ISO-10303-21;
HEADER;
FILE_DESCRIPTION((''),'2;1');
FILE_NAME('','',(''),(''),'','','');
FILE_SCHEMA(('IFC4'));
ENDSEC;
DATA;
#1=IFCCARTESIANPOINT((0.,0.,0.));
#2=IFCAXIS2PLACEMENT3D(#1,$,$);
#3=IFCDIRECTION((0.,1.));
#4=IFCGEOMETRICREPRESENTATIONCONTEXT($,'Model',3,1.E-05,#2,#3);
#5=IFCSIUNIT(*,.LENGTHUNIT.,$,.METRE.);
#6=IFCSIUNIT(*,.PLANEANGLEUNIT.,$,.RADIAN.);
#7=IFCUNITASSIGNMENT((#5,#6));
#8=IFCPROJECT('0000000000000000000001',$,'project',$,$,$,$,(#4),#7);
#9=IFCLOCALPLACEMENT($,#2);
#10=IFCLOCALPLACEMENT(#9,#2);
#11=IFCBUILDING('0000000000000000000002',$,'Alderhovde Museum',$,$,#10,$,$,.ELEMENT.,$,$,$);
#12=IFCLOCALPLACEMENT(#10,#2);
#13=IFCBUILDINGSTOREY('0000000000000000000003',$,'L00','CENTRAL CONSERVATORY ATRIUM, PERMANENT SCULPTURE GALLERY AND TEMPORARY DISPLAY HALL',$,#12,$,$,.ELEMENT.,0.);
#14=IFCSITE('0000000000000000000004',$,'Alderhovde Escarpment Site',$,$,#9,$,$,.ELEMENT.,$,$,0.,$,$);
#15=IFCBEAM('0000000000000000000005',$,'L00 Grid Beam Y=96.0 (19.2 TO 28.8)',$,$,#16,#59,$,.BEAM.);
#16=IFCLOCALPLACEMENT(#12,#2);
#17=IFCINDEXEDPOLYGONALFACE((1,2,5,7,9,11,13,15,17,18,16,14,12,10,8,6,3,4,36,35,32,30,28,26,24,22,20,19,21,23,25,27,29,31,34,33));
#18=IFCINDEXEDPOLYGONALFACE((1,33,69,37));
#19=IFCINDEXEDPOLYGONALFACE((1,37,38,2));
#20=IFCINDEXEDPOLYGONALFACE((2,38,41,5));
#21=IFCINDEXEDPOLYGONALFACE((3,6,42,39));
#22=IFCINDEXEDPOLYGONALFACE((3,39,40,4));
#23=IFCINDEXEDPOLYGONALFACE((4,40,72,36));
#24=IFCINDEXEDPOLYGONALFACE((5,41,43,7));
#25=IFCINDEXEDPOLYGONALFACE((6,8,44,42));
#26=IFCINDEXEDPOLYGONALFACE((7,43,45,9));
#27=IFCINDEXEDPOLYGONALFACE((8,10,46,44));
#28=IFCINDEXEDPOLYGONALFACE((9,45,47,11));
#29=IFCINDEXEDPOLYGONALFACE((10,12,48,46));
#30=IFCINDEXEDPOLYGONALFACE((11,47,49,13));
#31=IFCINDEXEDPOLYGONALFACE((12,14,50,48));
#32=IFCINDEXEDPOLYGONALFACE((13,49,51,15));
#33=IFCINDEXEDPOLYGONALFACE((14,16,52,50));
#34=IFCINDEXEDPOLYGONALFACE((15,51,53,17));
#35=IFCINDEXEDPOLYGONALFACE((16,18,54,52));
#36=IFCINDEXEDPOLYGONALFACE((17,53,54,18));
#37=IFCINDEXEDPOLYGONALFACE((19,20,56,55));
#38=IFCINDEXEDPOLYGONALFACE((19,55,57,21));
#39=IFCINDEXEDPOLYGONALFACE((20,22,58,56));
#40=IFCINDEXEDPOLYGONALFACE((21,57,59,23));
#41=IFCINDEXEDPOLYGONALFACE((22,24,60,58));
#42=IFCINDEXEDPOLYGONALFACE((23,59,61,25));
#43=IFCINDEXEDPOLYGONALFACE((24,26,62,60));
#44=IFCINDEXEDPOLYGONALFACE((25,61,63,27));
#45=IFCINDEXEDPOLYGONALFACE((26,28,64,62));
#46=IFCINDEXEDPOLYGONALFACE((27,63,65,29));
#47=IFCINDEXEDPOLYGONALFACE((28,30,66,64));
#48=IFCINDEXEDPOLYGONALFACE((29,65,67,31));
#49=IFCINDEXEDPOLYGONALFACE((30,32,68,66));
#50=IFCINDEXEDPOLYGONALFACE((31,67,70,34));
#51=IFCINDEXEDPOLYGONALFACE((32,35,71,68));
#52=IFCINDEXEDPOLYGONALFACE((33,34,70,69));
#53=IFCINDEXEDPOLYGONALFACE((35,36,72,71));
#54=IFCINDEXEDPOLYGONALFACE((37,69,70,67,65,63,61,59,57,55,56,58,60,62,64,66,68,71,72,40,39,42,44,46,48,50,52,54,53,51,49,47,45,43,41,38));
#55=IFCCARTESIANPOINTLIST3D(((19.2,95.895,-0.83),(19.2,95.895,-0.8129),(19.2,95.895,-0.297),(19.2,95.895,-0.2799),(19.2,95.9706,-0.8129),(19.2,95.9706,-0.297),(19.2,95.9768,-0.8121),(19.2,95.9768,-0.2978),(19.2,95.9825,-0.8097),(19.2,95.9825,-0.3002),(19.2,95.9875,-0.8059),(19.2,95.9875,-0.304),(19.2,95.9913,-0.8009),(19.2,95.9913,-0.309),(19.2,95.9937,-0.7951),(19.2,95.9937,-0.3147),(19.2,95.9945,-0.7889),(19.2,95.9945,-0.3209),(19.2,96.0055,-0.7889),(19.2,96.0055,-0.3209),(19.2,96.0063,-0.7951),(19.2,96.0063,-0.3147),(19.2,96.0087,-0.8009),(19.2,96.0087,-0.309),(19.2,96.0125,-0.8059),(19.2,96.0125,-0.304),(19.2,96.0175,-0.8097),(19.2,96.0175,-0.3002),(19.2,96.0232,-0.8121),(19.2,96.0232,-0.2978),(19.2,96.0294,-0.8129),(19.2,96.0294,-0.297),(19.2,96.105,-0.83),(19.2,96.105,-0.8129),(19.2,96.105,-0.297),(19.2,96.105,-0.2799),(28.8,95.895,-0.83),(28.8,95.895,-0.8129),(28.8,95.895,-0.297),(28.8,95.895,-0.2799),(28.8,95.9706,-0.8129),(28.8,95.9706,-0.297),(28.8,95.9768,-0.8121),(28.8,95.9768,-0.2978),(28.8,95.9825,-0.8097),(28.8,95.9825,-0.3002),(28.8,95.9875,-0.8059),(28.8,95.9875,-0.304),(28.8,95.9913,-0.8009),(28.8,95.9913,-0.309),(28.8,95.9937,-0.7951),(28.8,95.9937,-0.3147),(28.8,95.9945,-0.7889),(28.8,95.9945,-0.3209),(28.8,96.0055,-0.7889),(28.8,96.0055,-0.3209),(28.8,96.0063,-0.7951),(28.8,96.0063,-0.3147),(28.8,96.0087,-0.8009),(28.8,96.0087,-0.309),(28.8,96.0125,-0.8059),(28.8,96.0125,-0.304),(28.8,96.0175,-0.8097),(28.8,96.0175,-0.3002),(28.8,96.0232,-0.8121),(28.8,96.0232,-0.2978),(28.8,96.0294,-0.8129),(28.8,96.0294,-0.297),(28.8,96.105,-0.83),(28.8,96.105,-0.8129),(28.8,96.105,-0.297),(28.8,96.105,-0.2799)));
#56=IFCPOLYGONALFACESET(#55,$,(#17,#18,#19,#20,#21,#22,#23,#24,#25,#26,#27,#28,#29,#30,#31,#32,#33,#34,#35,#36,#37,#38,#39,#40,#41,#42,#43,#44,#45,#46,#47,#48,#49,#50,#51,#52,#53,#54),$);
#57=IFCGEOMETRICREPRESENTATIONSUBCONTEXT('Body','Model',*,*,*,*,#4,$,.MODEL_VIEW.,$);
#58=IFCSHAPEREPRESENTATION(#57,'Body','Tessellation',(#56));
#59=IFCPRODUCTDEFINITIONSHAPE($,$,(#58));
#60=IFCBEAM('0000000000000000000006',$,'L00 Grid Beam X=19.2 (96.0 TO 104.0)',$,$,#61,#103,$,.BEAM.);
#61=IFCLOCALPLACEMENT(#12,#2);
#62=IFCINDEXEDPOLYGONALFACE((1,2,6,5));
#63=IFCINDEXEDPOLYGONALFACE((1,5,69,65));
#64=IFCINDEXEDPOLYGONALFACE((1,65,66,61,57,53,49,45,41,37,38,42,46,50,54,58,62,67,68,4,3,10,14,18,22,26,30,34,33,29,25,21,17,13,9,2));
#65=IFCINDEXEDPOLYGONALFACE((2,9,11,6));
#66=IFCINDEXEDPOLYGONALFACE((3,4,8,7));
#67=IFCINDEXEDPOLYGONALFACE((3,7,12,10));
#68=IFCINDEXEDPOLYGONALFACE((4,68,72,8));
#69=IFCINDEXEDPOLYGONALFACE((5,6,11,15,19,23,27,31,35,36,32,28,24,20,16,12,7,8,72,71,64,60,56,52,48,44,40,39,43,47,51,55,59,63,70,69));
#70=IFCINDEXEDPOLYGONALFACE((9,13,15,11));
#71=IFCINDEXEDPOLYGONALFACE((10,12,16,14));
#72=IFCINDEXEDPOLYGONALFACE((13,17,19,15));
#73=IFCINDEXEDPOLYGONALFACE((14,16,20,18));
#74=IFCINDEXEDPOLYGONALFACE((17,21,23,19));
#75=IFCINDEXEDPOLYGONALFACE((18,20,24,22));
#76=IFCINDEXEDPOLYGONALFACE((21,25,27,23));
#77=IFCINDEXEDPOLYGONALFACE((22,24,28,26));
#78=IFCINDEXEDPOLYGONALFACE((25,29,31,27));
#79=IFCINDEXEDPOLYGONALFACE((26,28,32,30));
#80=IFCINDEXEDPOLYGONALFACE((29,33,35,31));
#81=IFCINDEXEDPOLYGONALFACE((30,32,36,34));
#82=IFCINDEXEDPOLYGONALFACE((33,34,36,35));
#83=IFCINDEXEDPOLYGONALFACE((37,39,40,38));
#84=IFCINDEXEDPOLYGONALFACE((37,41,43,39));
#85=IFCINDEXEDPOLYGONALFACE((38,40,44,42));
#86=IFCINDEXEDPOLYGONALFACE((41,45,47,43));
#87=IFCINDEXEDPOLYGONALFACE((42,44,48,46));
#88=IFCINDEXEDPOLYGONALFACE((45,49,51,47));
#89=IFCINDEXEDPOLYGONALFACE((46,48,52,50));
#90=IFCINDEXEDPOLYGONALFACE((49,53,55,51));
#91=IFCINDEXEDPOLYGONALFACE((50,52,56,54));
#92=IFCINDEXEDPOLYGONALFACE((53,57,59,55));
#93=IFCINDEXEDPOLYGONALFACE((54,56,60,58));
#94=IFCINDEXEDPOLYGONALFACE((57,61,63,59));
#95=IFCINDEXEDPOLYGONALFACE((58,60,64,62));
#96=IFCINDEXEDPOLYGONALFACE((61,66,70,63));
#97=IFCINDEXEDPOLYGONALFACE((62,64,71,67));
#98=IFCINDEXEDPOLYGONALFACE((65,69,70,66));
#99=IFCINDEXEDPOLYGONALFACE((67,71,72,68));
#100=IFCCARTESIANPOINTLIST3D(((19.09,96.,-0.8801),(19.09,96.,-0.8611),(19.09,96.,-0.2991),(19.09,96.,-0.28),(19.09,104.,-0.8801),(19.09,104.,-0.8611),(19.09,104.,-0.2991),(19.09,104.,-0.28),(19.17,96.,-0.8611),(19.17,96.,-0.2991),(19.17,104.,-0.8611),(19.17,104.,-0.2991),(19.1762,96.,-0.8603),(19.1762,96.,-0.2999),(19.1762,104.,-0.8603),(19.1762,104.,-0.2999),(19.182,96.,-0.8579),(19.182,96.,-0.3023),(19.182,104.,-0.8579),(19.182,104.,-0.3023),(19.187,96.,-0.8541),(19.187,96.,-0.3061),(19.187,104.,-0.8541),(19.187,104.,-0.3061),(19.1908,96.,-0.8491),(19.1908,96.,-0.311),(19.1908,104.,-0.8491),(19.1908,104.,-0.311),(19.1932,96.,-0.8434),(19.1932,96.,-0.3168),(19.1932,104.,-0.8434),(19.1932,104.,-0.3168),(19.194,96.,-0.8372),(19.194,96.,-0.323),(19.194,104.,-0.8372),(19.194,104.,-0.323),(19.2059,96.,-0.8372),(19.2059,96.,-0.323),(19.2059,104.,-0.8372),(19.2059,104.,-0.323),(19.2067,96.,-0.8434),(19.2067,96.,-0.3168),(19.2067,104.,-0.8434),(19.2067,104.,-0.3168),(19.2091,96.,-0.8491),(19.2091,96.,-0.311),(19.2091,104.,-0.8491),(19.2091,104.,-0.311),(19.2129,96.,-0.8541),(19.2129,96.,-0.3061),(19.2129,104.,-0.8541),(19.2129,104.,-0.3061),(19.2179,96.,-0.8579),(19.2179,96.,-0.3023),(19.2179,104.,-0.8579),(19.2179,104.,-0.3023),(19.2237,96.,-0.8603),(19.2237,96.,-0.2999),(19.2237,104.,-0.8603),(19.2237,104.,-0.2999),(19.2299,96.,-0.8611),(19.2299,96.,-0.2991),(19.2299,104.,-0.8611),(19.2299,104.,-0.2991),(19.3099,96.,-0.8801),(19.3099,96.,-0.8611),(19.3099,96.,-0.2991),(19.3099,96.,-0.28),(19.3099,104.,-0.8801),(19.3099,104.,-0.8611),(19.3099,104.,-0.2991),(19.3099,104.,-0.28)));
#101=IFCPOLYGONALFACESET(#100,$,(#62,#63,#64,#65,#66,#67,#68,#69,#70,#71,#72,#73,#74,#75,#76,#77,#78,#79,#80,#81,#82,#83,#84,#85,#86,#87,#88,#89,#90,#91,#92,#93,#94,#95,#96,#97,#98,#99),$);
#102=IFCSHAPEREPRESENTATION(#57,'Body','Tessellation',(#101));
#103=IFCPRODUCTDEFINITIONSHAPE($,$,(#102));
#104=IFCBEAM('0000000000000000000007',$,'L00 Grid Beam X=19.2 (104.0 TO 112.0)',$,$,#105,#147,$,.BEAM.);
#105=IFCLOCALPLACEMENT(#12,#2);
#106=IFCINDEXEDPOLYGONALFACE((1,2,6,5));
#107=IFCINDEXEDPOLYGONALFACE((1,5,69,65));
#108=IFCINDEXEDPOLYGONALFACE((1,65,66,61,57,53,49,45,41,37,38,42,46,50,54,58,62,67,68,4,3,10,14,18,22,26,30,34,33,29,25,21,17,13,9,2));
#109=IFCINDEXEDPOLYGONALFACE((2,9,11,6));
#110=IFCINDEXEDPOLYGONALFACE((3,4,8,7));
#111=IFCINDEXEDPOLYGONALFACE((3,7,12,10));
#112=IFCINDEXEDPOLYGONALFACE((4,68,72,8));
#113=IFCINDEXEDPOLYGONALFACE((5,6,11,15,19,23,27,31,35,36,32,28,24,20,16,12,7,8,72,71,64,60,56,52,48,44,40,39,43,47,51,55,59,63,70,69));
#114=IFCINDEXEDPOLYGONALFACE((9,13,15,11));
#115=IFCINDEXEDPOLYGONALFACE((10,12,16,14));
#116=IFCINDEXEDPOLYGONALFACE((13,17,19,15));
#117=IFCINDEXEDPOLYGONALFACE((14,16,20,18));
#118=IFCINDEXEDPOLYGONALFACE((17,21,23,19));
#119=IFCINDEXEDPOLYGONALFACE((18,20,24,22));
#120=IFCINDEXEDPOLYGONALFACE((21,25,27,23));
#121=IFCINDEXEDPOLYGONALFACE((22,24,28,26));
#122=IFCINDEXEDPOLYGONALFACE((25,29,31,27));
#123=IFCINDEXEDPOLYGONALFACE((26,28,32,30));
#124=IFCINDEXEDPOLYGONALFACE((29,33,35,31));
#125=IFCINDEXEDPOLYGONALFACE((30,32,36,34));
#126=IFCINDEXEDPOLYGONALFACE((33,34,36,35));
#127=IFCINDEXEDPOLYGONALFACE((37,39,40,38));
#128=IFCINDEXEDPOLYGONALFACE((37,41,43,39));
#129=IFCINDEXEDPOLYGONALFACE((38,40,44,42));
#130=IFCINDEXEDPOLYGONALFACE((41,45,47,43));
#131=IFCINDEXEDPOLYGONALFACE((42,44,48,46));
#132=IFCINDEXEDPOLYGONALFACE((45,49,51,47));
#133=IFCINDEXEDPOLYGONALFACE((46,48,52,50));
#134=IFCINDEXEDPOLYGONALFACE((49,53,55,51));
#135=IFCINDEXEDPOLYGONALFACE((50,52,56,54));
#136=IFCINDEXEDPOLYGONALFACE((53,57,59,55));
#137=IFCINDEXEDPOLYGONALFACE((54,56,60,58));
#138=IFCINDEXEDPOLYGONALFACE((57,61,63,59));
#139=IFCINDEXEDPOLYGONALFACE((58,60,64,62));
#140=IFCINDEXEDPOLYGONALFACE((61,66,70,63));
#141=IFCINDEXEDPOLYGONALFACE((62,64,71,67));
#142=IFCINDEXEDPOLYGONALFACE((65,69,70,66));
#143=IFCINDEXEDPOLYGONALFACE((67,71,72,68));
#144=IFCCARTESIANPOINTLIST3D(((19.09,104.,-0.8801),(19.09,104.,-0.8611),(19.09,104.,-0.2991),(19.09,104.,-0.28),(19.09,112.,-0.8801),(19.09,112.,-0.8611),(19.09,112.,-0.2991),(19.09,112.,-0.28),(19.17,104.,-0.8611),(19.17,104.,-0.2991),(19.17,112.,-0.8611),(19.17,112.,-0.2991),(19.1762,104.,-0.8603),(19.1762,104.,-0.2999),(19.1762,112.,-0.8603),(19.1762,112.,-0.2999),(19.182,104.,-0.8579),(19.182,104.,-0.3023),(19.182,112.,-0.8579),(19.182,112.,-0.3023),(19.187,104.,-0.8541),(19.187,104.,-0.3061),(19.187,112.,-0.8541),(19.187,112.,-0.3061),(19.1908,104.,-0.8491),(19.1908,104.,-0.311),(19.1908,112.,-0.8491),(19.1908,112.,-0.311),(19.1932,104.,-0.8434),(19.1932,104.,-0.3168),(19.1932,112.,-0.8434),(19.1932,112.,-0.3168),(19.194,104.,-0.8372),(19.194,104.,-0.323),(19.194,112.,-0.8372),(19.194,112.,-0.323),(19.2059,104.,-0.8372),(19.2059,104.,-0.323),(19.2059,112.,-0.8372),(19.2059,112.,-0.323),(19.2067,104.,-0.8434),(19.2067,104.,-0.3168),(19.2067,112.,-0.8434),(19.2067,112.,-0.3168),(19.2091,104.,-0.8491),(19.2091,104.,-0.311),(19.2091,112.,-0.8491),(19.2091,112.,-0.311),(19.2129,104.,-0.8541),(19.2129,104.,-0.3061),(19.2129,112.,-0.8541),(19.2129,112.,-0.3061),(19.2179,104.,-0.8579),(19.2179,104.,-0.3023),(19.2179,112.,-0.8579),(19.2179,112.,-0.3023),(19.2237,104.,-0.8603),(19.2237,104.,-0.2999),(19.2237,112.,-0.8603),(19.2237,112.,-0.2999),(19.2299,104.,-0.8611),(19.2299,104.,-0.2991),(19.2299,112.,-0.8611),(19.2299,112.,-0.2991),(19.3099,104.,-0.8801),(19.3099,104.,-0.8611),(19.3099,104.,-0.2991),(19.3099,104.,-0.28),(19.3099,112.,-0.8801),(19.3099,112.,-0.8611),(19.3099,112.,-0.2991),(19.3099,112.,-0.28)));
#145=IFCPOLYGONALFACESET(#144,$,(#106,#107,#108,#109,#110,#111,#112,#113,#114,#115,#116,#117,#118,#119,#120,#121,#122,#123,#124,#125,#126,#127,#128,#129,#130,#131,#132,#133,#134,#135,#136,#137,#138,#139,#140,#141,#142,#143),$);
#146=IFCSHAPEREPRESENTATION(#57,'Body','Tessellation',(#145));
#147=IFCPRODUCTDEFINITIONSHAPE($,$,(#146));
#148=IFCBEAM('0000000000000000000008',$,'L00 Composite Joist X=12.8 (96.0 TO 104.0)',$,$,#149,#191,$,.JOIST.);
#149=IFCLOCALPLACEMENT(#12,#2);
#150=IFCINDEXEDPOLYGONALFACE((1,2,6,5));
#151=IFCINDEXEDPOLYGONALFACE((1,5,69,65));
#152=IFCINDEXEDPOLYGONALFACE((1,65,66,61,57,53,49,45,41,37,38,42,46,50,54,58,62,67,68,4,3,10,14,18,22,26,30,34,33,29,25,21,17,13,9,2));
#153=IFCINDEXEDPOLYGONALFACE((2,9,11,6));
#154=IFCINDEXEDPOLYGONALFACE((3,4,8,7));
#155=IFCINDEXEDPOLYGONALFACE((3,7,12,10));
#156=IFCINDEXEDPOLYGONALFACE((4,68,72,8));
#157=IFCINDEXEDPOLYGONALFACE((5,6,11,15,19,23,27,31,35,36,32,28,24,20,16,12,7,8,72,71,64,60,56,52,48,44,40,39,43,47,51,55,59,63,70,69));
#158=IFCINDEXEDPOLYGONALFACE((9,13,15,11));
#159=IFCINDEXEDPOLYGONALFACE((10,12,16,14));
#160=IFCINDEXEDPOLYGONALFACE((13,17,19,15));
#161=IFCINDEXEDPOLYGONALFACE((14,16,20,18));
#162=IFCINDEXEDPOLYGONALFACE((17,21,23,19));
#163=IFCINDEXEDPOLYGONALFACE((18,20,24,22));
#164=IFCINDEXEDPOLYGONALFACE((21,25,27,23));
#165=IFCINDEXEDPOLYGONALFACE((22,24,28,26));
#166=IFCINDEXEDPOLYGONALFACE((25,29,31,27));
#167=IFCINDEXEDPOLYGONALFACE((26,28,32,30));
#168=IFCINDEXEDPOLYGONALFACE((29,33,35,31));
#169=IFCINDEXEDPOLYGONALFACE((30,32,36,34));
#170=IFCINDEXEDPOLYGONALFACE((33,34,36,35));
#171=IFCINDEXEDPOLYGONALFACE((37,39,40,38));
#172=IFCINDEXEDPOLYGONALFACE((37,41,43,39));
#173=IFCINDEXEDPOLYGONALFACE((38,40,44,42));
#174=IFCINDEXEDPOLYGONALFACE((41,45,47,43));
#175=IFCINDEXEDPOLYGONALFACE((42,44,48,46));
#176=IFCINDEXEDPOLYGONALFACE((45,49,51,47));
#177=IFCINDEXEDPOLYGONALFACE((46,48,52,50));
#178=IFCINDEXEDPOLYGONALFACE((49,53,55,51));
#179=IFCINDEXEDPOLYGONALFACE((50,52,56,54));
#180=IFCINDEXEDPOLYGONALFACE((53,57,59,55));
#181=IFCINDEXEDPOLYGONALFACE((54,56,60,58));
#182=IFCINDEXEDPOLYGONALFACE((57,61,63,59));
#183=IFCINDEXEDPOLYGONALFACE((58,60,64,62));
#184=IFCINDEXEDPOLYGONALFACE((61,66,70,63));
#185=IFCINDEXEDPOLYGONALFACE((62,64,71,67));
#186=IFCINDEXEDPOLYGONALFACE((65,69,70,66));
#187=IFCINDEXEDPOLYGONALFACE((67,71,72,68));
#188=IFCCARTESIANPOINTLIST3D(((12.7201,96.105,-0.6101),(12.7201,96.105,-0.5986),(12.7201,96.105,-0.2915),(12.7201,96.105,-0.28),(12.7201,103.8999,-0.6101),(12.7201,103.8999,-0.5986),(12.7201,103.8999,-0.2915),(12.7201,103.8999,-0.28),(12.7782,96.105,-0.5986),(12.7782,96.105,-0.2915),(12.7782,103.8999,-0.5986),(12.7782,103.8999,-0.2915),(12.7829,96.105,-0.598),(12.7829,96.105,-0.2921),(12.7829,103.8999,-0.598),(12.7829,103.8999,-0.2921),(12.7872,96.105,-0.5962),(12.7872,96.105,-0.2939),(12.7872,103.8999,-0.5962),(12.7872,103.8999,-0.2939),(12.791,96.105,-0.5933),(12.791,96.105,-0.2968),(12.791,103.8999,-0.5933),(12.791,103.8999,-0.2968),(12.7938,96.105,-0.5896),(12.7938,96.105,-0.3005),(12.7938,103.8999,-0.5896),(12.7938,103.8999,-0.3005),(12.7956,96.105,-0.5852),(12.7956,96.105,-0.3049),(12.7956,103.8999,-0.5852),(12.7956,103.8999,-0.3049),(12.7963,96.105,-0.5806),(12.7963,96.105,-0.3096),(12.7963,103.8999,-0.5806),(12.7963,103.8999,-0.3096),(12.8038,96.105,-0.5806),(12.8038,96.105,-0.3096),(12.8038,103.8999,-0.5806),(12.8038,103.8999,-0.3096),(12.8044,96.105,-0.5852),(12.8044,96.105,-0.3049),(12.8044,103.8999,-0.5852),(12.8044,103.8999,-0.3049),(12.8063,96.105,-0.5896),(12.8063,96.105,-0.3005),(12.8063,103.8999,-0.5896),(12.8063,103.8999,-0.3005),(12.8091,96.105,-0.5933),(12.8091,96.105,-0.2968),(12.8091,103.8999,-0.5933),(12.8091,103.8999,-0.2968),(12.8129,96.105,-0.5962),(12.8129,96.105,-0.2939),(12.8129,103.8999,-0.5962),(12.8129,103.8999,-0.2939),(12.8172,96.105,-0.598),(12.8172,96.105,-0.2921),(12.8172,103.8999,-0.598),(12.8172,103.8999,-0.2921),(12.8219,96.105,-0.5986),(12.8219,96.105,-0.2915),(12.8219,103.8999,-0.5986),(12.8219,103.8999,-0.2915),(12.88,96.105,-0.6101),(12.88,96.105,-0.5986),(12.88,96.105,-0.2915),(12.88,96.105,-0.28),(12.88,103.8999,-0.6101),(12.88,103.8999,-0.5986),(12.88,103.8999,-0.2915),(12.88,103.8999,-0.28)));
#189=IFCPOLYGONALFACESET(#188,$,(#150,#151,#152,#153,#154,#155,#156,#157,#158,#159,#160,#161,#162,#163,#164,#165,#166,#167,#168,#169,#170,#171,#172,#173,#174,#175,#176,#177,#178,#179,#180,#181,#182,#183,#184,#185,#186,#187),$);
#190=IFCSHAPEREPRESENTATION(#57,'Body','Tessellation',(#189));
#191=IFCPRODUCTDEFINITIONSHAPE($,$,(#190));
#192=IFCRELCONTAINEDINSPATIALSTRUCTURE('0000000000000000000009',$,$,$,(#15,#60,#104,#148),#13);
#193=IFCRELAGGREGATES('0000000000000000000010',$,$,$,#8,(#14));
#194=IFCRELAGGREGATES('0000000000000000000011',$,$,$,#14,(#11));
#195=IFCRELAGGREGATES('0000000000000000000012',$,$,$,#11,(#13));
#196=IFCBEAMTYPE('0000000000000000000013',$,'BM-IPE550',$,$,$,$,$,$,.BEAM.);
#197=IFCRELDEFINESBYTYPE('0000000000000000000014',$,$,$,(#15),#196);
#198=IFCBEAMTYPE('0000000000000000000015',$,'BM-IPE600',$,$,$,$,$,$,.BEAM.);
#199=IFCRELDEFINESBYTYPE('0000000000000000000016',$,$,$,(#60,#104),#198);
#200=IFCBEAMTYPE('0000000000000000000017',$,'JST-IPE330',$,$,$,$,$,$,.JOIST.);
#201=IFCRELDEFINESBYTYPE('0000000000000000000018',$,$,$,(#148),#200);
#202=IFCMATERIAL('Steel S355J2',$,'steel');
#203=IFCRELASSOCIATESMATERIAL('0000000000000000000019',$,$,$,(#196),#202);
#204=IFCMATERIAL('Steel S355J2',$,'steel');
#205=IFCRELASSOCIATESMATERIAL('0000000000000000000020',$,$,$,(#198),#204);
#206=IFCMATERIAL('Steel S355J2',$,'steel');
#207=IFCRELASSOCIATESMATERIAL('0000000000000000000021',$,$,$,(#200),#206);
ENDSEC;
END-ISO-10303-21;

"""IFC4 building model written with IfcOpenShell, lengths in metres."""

from ifc_helpers import new_model, si_unit, direction, frame, origin, origin_2d, place, context, subcontext, project, spatial, i_section, extrude, material, material_profile, profile_set, type_object, element, save


model = new_model("IFC4")

# Units and contexts
model_context = context("Model", 3, precision=1e-05, world=origin(), true_north=direction((0.0, 1.0)))
body_context = subcontext(model_context, "Body", "Model", "MODEL_VIEW")
ifc_project = project(units=[si_unit("LENGTHUNIT", "METRE"), si_unit("PLANEANGLEUNIT", "RADIAN")], contexts=[model_context])

# Site, building, storey
site_placement = place(None, origin())
site = spatial("IfcSite", under=ifc_project, at=site_placement, Name="Alderhovde Escarpment Site", CompositionType="ELEMENT", RefElevation=0.0)
building_placement = place(site_placement, origin())
building = spatial("IfcBuilding", under=site, at=building_placement, Name="Alderhovde Museum", CompositionType="ELEMENT")
storey_placement = place(building_placement, origin())
storey = spatial("IfcBuildingStorey", under=building, at=storey_placement, Name="L00", Description="CENTRAL CONSERVATORY ATRIUM, PERMANENT SCULPTURE GALLERY AND TEMPORARY DISPLAY HALL", CompositionType="ELEMENT", Elevation=0.0)

# Beams
ifc_material_1 = material(Name="Steel S355J2", Category="steel")
ifc_material_profile_1 = material_profile(ifc_material_1, i_section(OverallWidth=0.21, OverallDepth=0.55, WebThickness=0.011, FlangeThickness=0.0171, FilletRadius=0.0239, at=origin_2d()), Name="IPE 550")
ifc_profile_set_1 = profile_set([ifc_material_profile_1], Name="Steel S355J2")
beam_type_1 = type_object("IfcBeamType", Name="BM-IPE550", PredefinedType="BEAM", material=ifc_profile_set_1)
beam_1_placement = place(storey_placement, frame((19.2, 96.0, -0.5549), z_axis=(1.0, 0.0, 0.0), x_axis=(0.0, 1.0, 0.0)))
element("IfcBeam", 1, at=beam_1_placement, inside=storey, type_object=beam_type_1, Name="L00 Grid Beam Y=96.0 (19.2 TO 28.8)", PredefinedType="BEAM", context=body_context, shape_type="SweptSolid", body=[
    extrude(i_section(OverallWidth=0.21, OverallDepth=0.55, WebThickness=0.011, FlangeThickness=0.0171, FilletRadius=0.0239, at=origin_2d()), origin(), (0.0, 0.0, 1.0), 9.6001),
])
ifc_material_2 = material(Name="Steel S355J2", Category="steel")
ifc_material_profile_2 = material_profile(ifc_material_2, i_section(OverallWidth=0.22, OverallDepth=0.6001, WebThickness=0.012, FlangeThickness=0.019, FilletRadius=0.0239, at=origin_2d()), Name="IPE 600")
ifc_profile_set_2 = profile_set([ifc_material_profile_2], Name="Steel S355J2")
beam_type_2 = type_object("IfcBeamType", Name="BM-IPE600", PredefinedType="BEAM", material=ifc_profile_set_2)
for number, where, z_axis, x_axis, name in (
    (2, (19.2, 96.0, -0.5801), (0.0, 1.0, 0.0), (-1.0, 0.0, 0.0), "L00 Grid Beam X=19.2 (96.0 TO 104.0)"),
    (3, (19.2, 104.0, -0.5801), (0.0, 1.0, 0.0), (-1.0, 0.0, 0.0), "L00 Grid Beam X=19.2 (104.0 TO 112.0)"),
):
    element("IfcBeam", number, at=place(storey_placement, frame(where, z_axis=z_axis, x_axis=x_axis)), inside=storey, type_object=beam_type_2, Name=name, PredefinedType="BEAM", context=body_context, shape_type="SweptSolid", body=[
        extrude(i_section(OverallWidth=0.22, OverallDepth=0.6001, WebThickness=0.012, FlangeThickness=0.019, FilletRadius=0.0239, at=origin_2d()), origin(), (0.0, 0.0, 1.0), 8.0),
    ])
ifc_material_3 = material(Name="Steel S355J2", Category="steel")
ifc_material_profile_3 = material_profile(ifc_material_3, i_section(OverallWidth=0.1599, OverallDepth=0.3301, WebThickness=0.0076, FlangeThickness=0.0115, FilletRadius=0.0181, at=origin_2d()), Name="IPE 330")
ifc_profile_set_3 = profile_set([ifc_material_profile_3], Name="Steel S355J2")
beam_type_3 = type_object("IfcBeamType", Name="JST-IPE330", PredefinedType="JOIST", material=ifc_profile_set_3)
for number, where, z_axis, x_axis, name in (
    (4, (12.8, 96.105, -0.4451), (0.0, 1.0, 0.0), (-1.0, 0.0, 0.0), "L00 Composite Joist X=12.8 (96.0 TO 104.0)"),
):
    element("IfcBeam", number, at=place(storey_placement, frame(where, z_axis=z_axis, x_axis=x_axis)), inside=storey, type_object=beam_type_3, Name=name, PredefinedType="JOIST", context=body_context, shape_type="SweptSolid", body=[
        extrude(i_section(OverallWidth=0.1599, OverallDepth=0.3301, WebThickness=0.0076, FlangeThickness=0.0115, FilletRadius=0.0181, at=origin_2d()), origin(), (0.0, 0.0, 1.0), 7.7949),
    ])

save(model, "model.ifc")
